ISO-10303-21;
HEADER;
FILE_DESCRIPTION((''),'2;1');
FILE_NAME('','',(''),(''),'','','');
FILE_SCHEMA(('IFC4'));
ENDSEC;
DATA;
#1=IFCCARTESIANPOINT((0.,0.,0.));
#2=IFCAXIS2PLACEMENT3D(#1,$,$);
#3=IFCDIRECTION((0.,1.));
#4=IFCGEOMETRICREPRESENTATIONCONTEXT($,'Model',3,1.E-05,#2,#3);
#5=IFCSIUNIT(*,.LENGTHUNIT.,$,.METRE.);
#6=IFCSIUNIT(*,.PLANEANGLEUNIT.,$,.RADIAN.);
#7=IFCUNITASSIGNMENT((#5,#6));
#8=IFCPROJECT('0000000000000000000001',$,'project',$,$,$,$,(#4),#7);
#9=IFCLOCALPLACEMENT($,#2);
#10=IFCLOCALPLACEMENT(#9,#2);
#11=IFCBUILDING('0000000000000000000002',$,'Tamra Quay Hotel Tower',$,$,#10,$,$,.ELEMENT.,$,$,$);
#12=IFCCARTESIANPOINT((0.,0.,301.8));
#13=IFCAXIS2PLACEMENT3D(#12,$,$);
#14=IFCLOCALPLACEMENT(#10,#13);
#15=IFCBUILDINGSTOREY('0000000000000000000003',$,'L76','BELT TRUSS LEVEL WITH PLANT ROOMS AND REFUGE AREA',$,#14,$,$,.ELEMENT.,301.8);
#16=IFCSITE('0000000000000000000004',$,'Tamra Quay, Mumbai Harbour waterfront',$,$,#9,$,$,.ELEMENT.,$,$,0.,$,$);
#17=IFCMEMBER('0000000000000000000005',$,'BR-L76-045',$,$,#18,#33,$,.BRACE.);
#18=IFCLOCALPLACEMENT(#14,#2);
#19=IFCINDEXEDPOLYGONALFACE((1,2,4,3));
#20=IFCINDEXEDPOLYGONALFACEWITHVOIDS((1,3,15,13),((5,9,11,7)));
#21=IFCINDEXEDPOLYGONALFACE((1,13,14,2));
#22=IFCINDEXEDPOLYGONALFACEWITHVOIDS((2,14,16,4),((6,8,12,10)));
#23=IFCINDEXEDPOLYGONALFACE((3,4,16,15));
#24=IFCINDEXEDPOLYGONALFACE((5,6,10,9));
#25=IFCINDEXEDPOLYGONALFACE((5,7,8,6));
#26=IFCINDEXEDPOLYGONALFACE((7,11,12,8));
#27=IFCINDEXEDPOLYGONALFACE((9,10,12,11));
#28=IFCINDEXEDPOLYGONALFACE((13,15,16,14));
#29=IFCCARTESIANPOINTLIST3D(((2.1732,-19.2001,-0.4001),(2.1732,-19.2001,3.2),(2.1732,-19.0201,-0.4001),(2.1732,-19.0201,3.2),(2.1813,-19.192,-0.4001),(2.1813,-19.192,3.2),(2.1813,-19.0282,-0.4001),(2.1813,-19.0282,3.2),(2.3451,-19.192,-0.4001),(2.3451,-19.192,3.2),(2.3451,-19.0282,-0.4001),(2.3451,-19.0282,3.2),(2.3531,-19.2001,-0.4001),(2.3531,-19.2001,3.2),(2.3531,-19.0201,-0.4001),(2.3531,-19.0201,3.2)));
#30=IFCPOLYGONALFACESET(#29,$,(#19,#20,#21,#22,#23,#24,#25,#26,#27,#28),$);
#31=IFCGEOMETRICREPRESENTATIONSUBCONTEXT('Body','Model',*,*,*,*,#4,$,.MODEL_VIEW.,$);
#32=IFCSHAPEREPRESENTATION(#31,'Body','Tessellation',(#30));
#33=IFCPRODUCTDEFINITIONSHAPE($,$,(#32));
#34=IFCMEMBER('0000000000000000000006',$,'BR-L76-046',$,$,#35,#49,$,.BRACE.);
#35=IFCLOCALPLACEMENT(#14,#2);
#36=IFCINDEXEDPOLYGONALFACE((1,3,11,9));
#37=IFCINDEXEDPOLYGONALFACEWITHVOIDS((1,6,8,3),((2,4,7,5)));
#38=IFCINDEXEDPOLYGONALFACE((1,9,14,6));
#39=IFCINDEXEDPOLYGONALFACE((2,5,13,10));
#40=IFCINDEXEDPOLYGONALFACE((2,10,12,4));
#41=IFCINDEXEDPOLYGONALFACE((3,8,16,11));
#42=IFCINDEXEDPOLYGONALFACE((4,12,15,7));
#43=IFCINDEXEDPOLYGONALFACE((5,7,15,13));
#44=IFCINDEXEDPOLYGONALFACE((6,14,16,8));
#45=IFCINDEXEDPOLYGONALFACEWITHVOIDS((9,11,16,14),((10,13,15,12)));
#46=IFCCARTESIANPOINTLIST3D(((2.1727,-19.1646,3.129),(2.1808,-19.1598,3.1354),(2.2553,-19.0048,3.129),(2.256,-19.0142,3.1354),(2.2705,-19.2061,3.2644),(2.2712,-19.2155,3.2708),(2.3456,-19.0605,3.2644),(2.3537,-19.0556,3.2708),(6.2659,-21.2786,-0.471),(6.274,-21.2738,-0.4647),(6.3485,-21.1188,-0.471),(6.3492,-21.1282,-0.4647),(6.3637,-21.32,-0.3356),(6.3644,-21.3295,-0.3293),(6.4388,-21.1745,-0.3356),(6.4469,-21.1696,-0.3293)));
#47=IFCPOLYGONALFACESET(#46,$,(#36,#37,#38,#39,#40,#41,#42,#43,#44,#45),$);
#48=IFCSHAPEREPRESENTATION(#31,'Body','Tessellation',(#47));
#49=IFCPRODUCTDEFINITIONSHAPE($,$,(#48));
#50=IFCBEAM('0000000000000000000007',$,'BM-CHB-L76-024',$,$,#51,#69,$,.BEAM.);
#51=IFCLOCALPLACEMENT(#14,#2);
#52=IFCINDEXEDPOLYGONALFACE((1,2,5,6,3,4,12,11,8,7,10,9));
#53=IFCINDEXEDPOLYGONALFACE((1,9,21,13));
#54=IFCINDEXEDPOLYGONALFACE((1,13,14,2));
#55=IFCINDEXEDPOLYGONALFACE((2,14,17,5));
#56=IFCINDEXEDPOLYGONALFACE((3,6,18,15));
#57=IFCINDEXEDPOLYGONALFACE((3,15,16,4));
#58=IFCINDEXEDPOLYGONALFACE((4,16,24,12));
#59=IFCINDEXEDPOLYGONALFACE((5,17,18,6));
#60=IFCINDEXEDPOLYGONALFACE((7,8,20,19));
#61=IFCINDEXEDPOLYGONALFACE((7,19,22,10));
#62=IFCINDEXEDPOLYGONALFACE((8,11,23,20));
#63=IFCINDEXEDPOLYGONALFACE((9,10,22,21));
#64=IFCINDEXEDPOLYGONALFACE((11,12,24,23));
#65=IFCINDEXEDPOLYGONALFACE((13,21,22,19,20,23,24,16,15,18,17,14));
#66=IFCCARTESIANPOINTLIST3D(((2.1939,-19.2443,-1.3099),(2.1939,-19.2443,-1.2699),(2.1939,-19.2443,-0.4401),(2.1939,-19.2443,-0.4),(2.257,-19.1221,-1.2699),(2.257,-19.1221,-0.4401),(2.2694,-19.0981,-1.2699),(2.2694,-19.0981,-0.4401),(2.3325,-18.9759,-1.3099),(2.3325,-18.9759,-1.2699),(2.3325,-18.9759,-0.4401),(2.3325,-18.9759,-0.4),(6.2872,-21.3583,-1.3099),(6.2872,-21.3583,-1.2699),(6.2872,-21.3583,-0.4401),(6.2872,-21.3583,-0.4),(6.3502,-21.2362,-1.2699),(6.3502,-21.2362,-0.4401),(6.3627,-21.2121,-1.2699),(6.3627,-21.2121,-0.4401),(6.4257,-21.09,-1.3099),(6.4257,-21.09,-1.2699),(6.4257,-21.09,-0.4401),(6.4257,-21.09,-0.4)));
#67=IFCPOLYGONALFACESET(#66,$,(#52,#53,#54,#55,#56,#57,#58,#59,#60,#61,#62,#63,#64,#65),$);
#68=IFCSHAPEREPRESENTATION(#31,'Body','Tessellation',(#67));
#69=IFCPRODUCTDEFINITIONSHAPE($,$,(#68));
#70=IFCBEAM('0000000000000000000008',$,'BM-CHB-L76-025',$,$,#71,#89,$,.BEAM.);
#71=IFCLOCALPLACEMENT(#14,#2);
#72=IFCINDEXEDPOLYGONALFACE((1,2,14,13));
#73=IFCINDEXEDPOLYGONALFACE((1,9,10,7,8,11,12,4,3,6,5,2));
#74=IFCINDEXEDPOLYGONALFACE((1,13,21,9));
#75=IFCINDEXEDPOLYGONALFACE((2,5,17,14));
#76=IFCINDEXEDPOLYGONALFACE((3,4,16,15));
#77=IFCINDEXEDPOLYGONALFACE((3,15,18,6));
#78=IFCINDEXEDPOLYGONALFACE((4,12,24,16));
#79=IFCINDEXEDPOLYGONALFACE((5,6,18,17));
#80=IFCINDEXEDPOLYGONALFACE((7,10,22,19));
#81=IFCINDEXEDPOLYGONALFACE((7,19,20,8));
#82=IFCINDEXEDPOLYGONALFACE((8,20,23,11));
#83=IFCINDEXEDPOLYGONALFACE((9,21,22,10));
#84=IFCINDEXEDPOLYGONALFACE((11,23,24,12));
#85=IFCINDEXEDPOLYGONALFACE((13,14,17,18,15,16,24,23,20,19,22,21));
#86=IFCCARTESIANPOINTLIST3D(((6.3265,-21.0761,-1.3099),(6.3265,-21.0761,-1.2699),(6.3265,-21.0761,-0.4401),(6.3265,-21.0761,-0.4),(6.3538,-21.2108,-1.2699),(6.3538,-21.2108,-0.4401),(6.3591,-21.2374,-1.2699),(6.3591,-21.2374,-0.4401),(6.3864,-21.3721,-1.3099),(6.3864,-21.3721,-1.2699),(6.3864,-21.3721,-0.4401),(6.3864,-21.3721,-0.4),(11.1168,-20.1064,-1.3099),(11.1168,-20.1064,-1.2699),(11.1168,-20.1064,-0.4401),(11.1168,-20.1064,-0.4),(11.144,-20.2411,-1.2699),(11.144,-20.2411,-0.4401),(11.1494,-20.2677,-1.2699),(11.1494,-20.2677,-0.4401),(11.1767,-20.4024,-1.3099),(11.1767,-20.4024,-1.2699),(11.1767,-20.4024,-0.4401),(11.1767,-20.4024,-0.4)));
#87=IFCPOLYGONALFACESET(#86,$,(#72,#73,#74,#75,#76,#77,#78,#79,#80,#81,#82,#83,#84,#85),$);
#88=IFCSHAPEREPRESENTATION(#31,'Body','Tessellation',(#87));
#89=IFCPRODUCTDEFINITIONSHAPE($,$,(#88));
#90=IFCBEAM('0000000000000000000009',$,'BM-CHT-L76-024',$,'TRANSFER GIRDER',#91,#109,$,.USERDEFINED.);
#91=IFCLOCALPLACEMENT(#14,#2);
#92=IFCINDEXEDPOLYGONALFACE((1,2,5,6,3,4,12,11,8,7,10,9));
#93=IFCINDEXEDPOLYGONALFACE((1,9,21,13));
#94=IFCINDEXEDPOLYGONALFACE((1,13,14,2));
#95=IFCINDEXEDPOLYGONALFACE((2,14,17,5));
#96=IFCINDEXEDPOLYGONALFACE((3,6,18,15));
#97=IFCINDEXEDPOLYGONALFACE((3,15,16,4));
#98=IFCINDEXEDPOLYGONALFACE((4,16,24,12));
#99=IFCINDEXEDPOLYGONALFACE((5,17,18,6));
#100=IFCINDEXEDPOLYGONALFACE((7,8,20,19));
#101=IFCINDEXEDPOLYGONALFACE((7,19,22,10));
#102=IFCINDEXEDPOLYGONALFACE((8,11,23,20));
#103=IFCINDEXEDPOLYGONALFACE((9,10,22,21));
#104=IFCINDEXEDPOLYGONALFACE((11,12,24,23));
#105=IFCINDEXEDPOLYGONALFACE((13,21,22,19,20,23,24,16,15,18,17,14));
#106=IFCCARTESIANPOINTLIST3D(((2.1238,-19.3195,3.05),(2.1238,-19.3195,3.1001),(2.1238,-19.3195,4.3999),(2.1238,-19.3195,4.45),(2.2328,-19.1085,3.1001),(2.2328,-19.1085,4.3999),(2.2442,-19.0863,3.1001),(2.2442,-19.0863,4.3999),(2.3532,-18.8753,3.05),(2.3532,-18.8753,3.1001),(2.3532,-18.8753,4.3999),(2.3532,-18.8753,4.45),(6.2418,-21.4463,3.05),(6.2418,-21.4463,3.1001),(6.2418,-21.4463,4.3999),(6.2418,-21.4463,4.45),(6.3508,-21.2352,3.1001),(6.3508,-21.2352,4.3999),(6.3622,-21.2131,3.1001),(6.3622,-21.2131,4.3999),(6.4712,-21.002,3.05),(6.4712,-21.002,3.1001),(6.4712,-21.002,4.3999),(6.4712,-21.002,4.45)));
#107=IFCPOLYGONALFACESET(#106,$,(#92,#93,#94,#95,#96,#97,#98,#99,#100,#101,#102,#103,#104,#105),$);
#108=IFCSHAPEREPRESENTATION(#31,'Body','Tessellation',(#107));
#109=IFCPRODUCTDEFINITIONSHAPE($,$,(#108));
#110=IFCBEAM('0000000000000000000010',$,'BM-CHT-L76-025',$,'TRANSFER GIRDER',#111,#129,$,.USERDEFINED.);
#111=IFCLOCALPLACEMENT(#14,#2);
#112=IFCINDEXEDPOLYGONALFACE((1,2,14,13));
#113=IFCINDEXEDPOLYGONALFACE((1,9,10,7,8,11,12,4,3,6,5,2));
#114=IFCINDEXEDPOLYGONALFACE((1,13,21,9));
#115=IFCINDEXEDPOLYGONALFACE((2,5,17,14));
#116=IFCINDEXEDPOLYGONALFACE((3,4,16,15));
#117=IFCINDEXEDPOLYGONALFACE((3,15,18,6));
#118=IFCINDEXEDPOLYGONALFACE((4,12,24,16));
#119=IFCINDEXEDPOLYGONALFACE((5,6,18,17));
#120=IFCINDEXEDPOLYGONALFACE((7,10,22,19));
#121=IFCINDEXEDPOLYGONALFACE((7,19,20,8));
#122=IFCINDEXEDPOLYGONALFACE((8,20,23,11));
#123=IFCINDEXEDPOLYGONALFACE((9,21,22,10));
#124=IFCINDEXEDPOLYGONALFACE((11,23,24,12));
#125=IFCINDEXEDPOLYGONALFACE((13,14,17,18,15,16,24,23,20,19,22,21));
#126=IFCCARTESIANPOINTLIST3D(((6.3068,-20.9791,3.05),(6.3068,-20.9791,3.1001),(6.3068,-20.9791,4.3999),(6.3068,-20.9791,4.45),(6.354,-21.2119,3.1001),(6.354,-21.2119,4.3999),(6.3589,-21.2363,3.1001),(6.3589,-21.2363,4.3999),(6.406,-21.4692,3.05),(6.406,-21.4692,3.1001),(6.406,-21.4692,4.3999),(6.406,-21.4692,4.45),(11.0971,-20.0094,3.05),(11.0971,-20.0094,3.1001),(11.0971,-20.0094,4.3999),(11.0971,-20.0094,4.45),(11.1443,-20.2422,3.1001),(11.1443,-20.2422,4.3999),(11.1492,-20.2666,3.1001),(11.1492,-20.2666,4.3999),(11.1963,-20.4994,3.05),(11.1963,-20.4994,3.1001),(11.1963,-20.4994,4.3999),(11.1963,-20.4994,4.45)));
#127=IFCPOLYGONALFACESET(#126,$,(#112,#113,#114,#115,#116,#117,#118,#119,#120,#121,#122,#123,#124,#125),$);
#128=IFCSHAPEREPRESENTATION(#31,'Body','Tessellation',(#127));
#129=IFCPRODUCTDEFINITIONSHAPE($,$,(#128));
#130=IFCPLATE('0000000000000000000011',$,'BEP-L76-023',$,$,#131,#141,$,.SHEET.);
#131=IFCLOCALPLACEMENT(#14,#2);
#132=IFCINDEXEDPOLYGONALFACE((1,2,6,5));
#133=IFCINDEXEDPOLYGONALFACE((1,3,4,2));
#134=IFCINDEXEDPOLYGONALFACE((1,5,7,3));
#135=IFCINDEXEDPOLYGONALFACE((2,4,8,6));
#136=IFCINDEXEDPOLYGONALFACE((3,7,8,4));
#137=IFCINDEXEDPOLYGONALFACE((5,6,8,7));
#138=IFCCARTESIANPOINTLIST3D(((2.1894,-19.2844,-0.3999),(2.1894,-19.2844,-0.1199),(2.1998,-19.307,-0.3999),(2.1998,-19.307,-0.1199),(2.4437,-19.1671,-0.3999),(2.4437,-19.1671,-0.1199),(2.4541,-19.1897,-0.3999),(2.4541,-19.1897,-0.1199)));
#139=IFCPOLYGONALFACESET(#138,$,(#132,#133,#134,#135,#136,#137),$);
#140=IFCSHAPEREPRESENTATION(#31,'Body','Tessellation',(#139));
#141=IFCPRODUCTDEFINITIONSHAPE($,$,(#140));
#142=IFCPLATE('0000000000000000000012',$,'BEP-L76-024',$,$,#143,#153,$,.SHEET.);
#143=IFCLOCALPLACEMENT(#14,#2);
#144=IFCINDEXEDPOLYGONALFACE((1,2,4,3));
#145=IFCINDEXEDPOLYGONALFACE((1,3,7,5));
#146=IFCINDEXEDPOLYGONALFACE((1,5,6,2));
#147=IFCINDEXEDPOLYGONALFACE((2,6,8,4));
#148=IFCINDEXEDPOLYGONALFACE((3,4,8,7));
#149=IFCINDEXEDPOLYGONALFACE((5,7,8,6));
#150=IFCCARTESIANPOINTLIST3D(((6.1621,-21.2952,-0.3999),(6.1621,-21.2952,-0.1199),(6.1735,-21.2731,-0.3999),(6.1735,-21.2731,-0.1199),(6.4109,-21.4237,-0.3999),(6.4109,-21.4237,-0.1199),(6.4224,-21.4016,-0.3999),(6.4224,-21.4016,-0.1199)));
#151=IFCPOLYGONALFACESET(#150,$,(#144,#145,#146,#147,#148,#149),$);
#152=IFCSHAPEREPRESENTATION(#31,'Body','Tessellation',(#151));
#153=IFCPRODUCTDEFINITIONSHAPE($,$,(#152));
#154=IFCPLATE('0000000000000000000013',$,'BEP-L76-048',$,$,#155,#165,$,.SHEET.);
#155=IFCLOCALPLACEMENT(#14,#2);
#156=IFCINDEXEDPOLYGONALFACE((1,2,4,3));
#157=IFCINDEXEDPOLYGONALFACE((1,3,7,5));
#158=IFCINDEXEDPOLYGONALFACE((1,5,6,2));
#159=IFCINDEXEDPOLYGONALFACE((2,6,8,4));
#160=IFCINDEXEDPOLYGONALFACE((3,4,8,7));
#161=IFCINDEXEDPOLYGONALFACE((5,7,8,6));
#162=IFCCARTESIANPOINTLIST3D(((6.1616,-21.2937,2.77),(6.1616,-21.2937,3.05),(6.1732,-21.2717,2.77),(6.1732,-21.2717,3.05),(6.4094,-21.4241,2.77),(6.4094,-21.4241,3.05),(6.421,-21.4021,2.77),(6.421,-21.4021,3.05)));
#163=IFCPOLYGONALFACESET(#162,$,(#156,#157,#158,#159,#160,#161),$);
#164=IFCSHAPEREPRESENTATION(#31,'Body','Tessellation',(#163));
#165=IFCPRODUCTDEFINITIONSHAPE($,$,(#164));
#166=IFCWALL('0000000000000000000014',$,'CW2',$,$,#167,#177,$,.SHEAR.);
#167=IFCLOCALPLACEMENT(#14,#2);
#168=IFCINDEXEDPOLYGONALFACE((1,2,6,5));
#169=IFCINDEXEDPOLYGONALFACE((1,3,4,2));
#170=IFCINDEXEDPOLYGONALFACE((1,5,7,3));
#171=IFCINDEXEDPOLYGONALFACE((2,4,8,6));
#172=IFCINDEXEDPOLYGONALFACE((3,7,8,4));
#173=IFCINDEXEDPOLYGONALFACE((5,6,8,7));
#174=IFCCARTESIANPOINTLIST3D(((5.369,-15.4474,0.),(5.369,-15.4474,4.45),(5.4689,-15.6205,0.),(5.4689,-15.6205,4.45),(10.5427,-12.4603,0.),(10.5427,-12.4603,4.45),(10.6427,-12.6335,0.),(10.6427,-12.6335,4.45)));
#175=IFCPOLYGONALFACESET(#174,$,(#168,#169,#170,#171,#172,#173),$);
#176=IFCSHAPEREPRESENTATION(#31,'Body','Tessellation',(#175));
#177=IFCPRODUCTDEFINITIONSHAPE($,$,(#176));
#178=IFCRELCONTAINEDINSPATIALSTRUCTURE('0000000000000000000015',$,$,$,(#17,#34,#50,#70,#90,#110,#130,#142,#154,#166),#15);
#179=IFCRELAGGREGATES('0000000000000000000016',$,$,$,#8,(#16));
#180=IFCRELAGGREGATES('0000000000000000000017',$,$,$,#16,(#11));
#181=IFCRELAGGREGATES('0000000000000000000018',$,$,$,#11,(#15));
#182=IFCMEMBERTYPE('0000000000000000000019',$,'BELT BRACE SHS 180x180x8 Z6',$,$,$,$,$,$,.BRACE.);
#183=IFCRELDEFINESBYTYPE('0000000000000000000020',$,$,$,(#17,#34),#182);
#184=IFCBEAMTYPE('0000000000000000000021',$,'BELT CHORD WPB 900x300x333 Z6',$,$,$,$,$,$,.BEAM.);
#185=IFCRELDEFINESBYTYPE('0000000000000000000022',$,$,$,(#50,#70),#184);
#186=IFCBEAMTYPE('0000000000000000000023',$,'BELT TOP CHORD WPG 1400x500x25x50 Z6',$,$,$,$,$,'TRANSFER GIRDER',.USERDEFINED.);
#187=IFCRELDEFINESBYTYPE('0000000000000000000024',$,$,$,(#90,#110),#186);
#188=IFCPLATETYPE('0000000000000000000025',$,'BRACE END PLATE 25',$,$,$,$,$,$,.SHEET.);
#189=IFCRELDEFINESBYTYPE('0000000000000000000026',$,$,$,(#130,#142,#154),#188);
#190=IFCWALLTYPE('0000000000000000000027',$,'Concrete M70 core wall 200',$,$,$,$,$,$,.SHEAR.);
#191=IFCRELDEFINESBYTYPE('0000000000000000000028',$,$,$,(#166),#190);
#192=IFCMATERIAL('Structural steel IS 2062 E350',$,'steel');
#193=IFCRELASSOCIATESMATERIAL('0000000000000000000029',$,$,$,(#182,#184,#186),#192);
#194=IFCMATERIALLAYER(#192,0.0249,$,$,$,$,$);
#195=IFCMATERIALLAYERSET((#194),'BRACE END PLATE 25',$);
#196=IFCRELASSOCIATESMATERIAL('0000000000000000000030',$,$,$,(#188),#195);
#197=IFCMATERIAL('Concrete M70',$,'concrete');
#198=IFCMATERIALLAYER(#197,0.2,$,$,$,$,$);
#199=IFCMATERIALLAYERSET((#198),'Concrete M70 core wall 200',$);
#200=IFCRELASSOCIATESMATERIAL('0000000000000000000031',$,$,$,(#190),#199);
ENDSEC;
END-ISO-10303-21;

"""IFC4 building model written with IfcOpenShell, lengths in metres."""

from ifc_helpers import new_model, si_unit, direction, frame, frame_2d, origin, origin_2d, place, context, subcontext, project, spatial, rectangle, hollow_rectangle, i_section, extrude, material, layer, layer_set, material_profile, profile_set, type_object, element, save


model = new_model("IFC4")

# Units and contexts
model_context = context("Model", 3, precision=1e-05, world=origin(), true_north=direction((0.0, 1.0)))
body_context = subcontext(model_context, "Body", "Model", "MODEL_VIEW")
ifc_project = project(units=[si_unit("LENGTHUNIT", "METRE"), si_unit("PLANEANGLEUNIT", "RADIAN")], contexts=[model_context])

# Site, building, storey
site_placement = place(None, origin())
site = spatial("IfcSite", under=ifc_project, at=site_placement, Name="Tamra Quay, Mumbai Harbour waterfront", CompositionType="ELEMENT", RefElevation=0.0)
building_placement = place(site_placement, origin())
building = spatial("IfcBuilding", under=site, at=building_placement, Name="Tamra Quay Hotel Tower", CompositionType="ELEMENT")
storey_placement = place(building_placement, frame((0.0, 0.0, 301.8)))
storey = spatial("IfcBuildingStorey", under=building, at=storey_placement, Name="L76", Description="BELT TRUSS LEVEL WITH PLANT ROOMS AND REFUGE AREA", CompositionType="ELEMENT", Elevation=301.8)

# Members
ifc_material_1 = material(Name="Structural steel IS 2062 E350", Category="steel")
ifc_material_profile_1 = material_profile(ifc_material_1, hollow_rectangle(XDim=0.1799, YDim=0.1799, WallThickness=0.0081, at=origin_2d()), Name="SHS 180x180x8")
ifc_profile_set_1 = profile_set([ifc_material_profile_1], Name="Structural steel IS 2062 E350")
member_type = type_object("IfcMemberType", Name="BELT BRACE SHS 180x180x8 Z6", PredefinedType="BRACE", material=ifc_profile_set_1)
member_1_placement = place(storey_placement, frame((2.2632, -19.1101, -0.4001), z_axis=(0.0, 0.0, 1.0), x_axis=(1.0, 0.0, 0.0)))
element("IfcMember", 1, at=member_1_placement, inside=storey, type_object=member_type, Name="BR-L76-045", PredefinedType="BRACE", context=body_context, shape_type="SweptSolid", body=[
    extrude(hollow_rectangle(XDim=0.1799, YDim=0.1799, WallThickness=0.0081, at=origin_2d()), origin(), (0.0, 0.0, 1.0), 3.6001),
])
member_2_placement = place(storey_placement, frame((6.3564, -21.2241, -0.4001), z_axis=(-0.700091, 0.36157, 0.615743), x_axis=(-0.458876, -0.8885, 0.0)))
element("IfcMember", 2, at=member_2_placement, inside=storey, type_object=member_type, Name="BR-L76-046", PredefinedType="BRACE", context=body_context, shape_type="SweptSolid", body=[
    extrude(hollow_rectangle(XDim=0.1799, YDim=0.1799, WallThickness=0.0081, at=origin_2d()), origin(), (0.0, 0.0, 1.0), 5.8467),
])

# Beams
ifc_material_profile_2 = material_profile(ifc_material_1, i_section(OverallWidth=0.302, OverallDepth=0.9099, WebThickness=0.0271, FlangeThickness=0.04, at=origin_2d()), Name="WPB 900x300x333")
ifc_profile_set_2 = profile_set([ifc_material_profile_2], Name="Structural steel IS 2062 E350")
beam_type_1 = type_object("IfcBeamType", Name="BELT CHORD WPB 900x300x333 Z6", PredefinedType="BEAM", material=ifc_profile_set_2)
beam_1_placement = place(storey_placement, frame((2.2632, -19.1101, -0.855), z_axis=(0.8885, -0.458876, 0.0), x_axis=(0.458876, 0.8885, 0.0)))
element("IfcBeam", 3, at=beam_1_placement, inside=storey, type_object=beam_type_1, Name="BM-CHB-L76-024", PredefinedType="BEAM", context=body_context, shape_type="SweptSolid", body=[
    extrude(i_section(OverallWidth=0.302, OverallDepth=0.9099, WebThickness=0.0271, FlangeThickness=0.04, at=origin_2d()), origin(), (0.0, 0.0, 1.0), 4.6069),
])
beam_2_placement = place(storey_placement, frame((6.3564, -21.2241, -0.855), z_axis=(0.980119, 0.198411, 0.0), x_axis=(-0.198411, 0.980119, 0.0)))
element("IfcBeam", 4, at=beam_2_placement, inside=storey, type_object=beam_type_1, Name="BM-CHB-L76-025", PredefinedType="BEAM", context=body_context, shape_type="SweptSolid", body=[
    extrude(i_section(OverallWidth=0.302, OverallDepth=0.9099, WebThickness=0.0271, FlangeThickness=0.04, at=origin_2d()), origin(), (0.0, 0.0, 1.0), 4.8875),
])
ifc_material_profile_3 = material_profile(ifc_material_1, i_section(OverallWidth=0.5, OverallDepth=1.3999, WebThickness=0.0249, FlangeThickness=0.05, at=origin_2d()), Name="WPG 1400x500x25x50")
ifc_profile_set_3 = profile_set([ifc_material_profile_3], Name="Structural steel IS 2062 E350")
beam_type_2 = type_object("IfcBeamType", Name="BELT TOP CHORD WPG 1400x500x25x50 Z6", ElementType="TRANSFER GIRDER", PredefinedType="USERDEFINED", material=ifc_profile_set_3)
beam_3_placement = place(storey_placement, frame((2.2385, -19.0974, 3.75), z_axis=(0.888504, -0.45887, 0.0), x_axis=(0.45887, 0.888504, 0.0)))
element("IfcBeam", 5, at=beam_3_placement, inside=storey, type_object=beam_type_2, Name="BM-CHT-L76-024", ObjectType="TRANSFER GIRDER", PredefinedType="USERDEFINED", context=body_context, shape_type="SweptSolid", body=[
    extrude(i_section(OverallWidth=0.5, OverallDepth=1.3999, WebThickness=0.0249, FlangeThickness=0.05, at=origin_2d()), origin(), (0.0, 0.0, 1.0), 4.6348),
])
beam_4_placement = place(storey_placement, frame((6.3564, -21.2241, 3.75), z_axis=(0.980119, 0.198411, 0.0), x_axis=(-0.198411, 0.980119, 0.0)))
element("IfcBeam", 6, at=beam_4_placement, inside=storey, type_object=beam_type_2, Name="BM-CHT-L76-025", ObjectType="TRANSFER GIRDER", PredefinedType="USERDEFINED", context=body_context, shape_type="SweptSolid", body=[
    extrude(i_section(OverallWidth=0.5, OverallDepth=1.3999, WebThickness=0.0249, FlangeThickness=0.05, at=origin_2d()), origin(), (0.0, 0.0, 1.0), 4.8875),
])

# Plates
ifc_layer_1 = layer(ifc_material_1, 0.0249)
ifc_layer_set_1 = layer_set([ifc_layer_1], Name="BRACE END PLATE 25")
plate_type = type_object("IfcPlateType", Name="BRACE END PLATE 25", PredefinedType="SHEET", material=ifc_layer_set_1)
for number, where, z_axis, x_axis, name in (
    (7, (2.3218, -19.2371, -0.3999), (0.0, 0.0, 1.0), (-0.418728, 0.908112, 0.0), "BEP-L76-023"),
    (8, (6.2922, -21.3484, -0.3999), (0.0, 0.0, 1.0), (0.458905, 0.888485, 0.0), "BEP-L76-024"),
    (9, (6.2913, -21.3479, 2.77), (0.0, 0.0, 1.0), (0.465814, 0.884883, 0.0), "BEP-L76-048"),
):
    element("IfcPlate", number, at=place(storey_placement, frame(where, z_axis=z_axis, x_axis=x_axis)), inside=storey, type_object=plate_type, Name=name, PredefinedType="SHEET", context=body_context, shape_type="SweptSolid", body=[
        extrude(rectangle(XDim=0.0249, YDim=0.28, at=origin_2d()), origin(), (0.0, 0.0, 1.0), 0.28),
    ])

# Wall
ifc_material_2 = material(Name="Concrete M70", Category="concrete")
ifc_layer_2 = layer(ifc_material_2, 0.2)
ifc_layer_set_2 = layer_set([ifc_layer_2], Name="Concrete M70 core wall 200")
wall_type_1 = type_object("IfcWallType", Name="Concrete M70 core wall 200", PredefinedType="SHEAR", material=ifc_layer_set_2)
wall_1_placement = place(storey_placement, frame((5.4189, -15.5339, 0.0), z_axis=(0.0, 0.0, 1.0), x_axis=(0.866029, 0.499994, 0.0)))
element("IfcWall", 10, at=wall_1_placement, inside=storey, type_object=wall_type_1, Name="CW2", PredefinedType="SHEAR", context=body_context, shape_type="SweptSolid", body=[
    extrude(rectangle(XDim=5.9741, YDim=0.2, at=frame_2d((2.9871, 0.0))), origin(), (0.0, 0.0, 1.0), 4.45),
])

save(model, "model.ifc")
